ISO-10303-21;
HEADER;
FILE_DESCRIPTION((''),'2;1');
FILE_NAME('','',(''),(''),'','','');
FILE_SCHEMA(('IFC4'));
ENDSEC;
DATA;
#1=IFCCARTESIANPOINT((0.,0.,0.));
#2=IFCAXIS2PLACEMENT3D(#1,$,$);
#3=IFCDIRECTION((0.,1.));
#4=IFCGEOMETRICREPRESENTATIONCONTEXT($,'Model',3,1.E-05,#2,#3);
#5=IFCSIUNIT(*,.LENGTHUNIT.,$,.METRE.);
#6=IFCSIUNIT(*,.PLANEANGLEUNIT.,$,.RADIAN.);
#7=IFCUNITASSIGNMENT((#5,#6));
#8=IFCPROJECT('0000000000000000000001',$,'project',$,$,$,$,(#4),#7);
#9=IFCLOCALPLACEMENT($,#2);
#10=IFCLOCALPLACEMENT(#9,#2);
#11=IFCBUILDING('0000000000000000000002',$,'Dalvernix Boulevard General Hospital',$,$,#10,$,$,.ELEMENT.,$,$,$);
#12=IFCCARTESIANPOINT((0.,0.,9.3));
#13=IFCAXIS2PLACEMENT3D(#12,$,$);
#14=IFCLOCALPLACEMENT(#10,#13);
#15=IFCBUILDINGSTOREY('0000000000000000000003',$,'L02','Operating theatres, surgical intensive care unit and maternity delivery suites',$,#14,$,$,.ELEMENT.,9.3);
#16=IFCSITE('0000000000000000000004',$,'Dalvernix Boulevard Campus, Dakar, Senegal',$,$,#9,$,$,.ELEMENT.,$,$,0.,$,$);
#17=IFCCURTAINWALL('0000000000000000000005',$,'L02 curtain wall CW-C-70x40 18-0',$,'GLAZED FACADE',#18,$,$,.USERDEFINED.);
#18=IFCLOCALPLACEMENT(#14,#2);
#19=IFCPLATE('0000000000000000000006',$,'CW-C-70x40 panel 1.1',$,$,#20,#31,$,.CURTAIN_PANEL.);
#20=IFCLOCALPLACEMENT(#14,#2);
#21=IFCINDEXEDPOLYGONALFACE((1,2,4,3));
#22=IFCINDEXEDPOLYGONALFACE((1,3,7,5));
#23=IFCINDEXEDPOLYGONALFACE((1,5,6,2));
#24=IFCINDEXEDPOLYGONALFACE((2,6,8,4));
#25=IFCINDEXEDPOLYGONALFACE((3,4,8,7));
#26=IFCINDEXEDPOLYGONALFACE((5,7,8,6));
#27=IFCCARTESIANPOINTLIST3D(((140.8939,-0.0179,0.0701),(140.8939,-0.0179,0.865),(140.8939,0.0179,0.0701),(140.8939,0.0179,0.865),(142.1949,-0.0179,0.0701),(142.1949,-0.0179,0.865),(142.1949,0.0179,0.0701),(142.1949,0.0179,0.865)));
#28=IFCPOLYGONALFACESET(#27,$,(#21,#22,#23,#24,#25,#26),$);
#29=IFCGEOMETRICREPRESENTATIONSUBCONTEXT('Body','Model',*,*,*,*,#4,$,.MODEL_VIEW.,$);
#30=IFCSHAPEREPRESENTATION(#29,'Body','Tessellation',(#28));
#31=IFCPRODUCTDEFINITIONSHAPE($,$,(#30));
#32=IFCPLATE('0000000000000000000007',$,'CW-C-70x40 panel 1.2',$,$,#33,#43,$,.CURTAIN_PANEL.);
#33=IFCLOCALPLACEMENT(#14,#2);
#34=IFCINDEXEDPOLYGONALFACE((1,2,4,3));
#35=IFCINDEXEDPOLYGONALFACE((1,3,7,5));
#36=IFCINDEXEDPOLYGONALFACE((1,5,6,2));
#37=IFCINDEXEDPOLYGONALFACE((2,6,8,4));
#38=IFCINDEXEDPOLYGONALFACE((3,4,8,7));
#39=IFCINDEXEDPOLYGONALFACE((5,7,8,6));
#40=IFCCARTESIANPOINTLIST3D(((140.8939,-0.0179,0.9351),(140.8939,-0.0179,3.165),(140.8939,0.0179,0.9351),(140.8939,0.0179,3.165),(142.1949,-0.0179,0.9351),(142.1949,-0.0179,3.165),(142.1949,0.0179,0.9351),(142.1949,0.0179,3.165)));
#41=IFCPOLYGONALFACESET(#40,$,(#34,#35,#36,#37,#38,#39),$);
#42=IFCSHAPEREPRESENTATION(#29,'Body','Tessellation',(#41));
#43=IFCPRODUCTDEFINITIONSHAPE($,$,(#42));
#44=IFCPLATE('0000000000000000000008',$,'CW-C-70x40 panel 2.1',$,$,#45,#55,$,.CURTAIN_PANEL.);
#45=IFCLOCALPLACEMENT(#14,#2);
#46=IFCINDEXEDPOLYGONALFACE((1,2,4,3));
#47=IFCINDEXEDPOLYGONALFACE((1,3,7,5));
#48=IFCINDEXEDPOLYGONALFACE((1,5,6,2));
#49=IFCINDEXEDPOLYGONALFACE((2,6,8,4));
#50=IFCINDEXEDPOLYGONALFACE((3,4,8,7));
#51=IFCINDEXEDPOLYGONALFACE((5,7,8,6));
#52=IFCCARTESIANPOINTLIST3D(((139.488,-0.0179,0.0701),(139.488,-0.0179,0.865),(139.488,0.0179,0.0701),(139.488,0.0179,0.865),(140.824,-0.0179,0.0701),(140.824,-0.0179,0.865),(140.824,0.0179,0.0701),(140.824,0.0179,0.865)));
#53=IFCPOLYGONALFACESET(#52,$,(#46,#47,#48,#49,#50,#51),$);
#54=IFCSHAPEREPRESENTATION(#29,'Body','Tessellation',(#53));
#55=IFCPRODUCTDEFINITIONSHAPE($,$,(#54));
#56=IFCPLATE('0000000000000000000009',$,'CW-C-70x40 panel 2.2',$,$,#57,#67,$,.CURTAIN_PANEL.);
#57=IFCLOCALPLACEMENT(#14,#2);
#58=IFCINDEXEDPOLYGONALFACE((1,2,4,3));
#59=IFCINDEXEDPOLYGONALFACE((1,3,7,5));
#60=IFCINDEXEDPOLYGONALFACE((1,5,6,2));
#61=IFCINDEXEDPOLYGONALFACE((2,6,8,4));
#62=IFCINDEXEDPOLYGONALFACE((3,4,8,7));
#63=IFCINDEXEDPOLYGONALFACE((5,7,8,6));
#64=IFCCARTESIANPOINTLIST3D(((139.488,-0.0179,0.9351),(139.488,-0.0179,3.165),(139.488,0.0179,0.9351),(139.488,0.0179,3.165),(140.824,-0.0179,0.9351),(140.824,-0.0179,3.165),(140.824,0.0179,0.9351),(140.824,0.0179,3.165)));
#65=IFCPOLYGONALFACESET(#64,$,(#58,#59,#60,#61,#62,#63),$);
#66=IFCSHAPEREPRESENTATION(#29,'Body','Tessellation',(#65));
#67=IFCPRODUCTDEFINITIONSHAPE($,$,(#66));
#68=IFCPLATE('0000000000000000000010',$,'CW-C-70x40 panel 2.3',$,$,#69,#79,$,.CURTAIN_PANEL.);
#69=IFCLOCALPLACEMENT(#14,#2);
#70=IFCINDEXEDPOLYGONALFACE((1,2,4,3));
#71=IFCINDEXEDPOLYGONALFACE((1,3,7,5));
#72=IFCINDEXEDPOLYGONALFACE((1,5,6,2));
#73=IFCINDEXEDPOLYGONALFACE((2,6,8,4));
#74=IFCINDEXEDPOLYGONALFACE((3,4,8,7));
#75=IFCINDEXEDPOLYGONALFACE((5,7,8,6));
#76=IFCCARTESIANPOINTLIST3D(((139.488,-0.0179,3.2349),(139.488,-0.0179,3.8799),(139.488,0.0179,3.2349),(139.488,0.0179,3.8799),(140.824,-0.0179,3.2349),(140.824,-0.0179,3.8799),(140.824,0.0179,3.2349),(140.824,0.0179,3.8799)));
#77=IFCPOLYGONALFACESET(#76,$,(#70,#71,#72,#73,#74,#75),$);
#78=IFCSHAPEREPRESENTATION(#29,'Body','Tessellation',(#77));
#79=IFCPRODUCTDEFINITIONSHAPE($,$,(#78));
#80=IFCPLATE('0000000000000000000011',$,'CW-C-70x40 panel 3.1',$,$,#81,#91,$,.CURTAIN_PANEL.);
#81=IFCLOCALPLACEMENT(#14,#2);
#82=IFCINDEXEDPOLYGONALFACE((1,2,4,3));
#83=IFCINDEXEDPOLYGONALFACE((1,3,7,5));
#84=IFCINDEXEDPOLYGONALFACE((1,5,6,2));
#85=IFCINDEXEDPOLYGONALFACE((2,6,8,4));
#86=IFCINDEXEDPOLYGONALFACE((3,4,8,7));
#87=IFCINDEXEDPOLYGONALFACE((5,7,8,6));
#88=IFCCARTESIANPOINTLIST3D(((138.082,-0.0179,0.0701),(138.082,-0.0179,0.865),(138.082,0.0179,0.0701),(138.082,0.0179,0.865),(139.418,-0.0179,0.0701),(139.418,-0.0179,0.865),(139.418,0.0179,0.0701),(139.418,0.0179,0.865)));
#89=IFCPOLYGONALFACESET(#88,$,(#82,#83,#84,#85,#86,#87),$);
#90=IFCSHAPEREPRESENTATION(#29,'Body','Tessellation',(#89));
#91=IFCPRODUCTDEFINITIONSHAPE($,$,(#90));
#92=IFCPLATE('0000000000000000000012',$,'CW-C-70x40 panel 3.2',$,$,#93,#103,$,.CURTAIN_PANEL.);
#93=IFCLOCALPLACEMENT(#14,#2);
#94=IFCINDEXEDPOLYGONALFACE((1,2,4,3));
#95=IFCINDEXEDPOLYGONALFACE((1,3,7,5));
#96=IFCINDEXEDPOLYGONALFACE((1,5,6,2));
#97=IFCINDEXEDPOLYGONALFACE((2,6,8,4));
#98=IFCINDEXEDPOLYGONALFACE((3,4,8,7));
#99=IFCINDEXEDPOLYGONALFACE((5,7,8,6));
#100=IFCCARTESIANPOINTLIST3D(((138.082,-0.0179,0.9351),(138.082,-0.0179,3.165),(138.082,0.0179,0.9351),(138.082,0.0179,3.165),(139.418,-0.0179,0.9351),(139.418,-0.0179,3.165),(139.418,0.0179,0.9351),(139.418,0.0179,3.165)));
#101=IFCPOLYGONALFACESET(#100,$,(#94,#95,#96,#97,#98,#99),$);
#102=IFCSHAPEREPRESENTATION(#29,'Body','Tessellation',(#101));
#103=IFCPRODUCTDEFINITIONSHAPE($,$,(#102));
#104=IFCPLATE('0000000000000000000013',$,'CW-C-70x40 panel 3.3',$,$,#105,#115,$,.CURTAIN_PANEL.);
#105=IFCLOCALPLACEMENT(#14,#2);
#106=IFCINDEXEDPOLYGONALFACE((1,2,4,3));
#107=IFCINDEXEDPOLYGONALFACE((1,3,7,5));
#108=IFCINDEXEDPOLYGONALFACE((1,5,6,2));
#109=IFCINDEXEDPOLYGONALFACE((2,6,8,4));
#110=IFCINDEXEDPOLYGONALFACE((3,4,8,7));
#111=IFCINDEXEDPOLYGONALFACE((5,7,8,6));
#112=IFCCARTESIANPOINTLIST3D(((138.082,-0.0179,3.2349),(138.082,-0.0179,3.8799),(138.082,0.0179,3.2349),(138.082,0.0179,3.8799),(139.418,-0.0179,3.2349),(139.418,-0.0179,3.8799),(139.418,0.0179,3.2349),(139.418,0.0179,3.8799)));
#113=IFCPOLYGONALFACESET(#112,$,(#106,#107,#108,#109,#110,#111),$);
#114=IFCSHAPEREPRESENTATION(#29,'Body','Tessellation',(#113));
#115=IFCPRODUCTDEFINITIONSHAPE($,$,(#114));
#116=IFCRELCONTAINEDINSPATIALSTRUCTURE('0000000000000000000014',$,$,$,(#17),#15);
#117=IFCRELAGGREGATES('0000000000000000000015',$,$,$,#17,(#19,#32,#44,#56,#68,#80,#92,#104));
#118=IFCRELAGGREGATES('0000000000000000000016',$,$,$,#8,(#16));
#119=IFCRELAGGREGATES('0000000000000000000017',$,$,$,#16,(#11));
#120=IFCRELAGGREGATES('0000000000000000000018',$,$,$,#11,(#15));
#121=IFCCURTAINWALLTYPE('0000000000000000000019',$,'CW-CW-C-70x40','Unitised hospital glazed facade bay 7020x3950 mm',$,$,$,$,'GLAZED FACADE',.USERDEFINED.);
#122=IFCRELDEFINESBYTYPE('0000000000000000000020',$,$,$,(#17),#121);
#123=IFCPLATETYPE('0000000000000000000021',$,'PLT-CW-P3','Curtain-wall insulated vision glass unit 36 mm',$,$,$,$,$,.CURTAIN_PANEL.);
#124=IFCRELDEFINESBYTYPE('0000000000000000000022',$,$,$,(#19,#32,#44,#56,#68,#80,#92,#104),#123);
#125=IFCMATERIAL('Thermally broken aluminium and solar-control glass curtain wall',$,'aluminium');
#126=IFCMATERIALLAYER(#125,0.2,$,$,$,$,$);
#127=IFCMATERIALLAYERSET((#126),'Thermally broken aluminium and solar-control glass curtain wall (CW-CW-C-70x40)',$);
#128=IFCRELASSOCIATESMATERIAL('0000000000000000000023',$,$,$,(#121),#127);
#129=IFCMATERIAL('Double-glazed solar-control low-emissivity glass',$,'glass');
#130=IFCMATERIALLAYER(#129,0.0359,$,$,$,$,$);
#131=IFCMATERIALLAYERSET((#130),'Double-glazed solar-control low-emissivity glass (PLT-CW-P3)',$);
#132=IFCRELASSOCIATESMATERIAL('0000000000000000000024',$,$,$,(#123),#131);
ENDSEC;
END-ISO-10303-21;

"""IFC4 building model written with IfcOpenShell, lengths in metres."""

from ifc_helpers import new_model, si_unit, direction, frame, origin, origin_2d, place, context, subcontext, project, spatial, rectangle, extrude, material, layer, layer_set, type_object, element, aggregate, save


model = new_model("IFC4")

# Units and contexts
model_context = context("Model", 3, precision=1e-05, world=origin(), true_north=direction((0.0, 1.0)))
body_context = subcontext(model_context, "Body", "Model", "MODEL_VIEW")
ifc_project = project(units=[si_unit("LENGTHUNIT", "METRE"), si_unit("PLANEANGLEUNIT", "RADIAN")], contexts=[model_context])

# Site, building, storey
site_placement = place(None, origin())
site = spatial("IfcSite", under=ifc_project, at=site_placement, Name="Dalvernix Boulevard Campus, Dakar, Senegal", CompositionType="ELEMENT", RefElevation=0.0)
building_placement = place(site_placement, origin())
building = spatial("IfcBuilding", under=site, at=building_placement, Name="Dalvernix Boulevard General Hospital", CompositionType="ELEMENT")
storey_placement = place(building_placement, frame((0.0, 0.0, 9.3)))
storey = spatial("IfcBuildingStorey", under=building, at=storey_placement, Name="L02", Description="Operating theatres, surgical intensive care unit and maternity delivery suites", CompositionType="ELEMENT", Elevation=9.3)

# Curtain wall, plates
ifc_material_1 = material(Name="Thermally broken aluminium and solar-control glass curtain wall", Category="aluminium")
ifc_layer_1 = layer(ifc_material_1, 0.2)
ifc_layer_set_1 = layer_set([ifc_layer_1], Name="Thermally broken aluminium and solar-control glass curtain wall (CW-CW-C-70x40)")
curtain_wall_type = type_object("IfcCurtainWallType", Name="CW-CW-C-70x40", Description="Unitised hospital glazed facade bay 7020x3950 mm", ElementType="GLAZED FACADE", PredefinedType="USERDEFINED", material=ifc_layer_set_1)
curtain_wall_placement = place(storey_placement, origin())
curtain_wall = element("IfcCurtainWall", 1, at=curtain_wall_placement, inside=storey, type_object=curtain_wall_type, Name="L02 curtain wall CW-C-70x40 18-0", ObjectType="GLAZED FACADE", PredefinedType="USERDEFINED")
ifc_material_2 = material(Name="Double-glazed solar-control low-emissivity glass", Category="glass")
ifc_layer_2 = layer(ifc_material_2, 0.0359)
ifc_layer_set_2 = layer_set([ifc_layer_2], Name="Double-glazed solar-control low-emissivity glass (PLT-CW-P3)")
plate_type = type_object("IfcPlateType", Name="PLT-CW-P3", Description="Curtain-wall insulated vision glass unit 36 mm", PredefinedType="CURTAIN_PANEL", material=ifc_layer_set_2)
plate_1_placement = place(storey_placement, frame((141.5444, 0.0, 0.0701), z_axis=(0.0, 0.0, 1.0), x_axis=(-1.0, 0.0, 0.0)))
plate_1 = element("IfcPlate", 2, at=plate_1_placement, type_object=plate_type, Name="CW-C-70x40 panel 1.1", PredefinedType="CURTAIN_PANEL", context=body_context, shape_type="SweptSolid", body=[
    extrude(rectangle(XDim=1.301, YDim=0.0359, at=origin_2d()), origin(), (0.0, 0.0, 1.0), 0.7949),
])
plate_2_placement = place(storey_placement, frame((141.5444, 0.0, 0.9351), z_axis=(0.0, 0.0, 1.0), x_axis=(-1.0, 0.0, 0.0)))
plate_2 = element("IfcPlate", 3, at=plate_2_placement, type_object=plate_type, Name="CW-C-70x40 panel 1.2", PredefinedType="CURTAIN_PANEL", context=body_context, shape_type="SweptSolid", body=[
    extrude(rectangle(XDim=1.301, YDim=0.0359, at=origin_2d()), origin(), (0.0, 0.0, 1.0), 2.23),
])
plate_3_placement = place(storey_placement, frame((140.156, 0.0, 0.0701), z_axis=(0.0, 0.0, 1.0), x_axis=(-1.0, 0.0, 0.0)))
plate_3 = element("IfcPlate", 4, at=plate_3_placement, type_object=plate_type, Name="CW-C-70x40 panel 2.1", PredefinedType="CURTAIN_PANEL", context=body_context, shape_type="SweptSolid", body=[
    extrude(rectangle(XDim=1.3359, YDim=0.0359, at=origin_2d()), origin(), (0.0, 0.0, 1.0), 0.7949),
])
plate_4_placement = place(storey_placement, frame((140.156, 0.0, 0.9351), z_axis=(0.0, 0.0, 1.0), x_axis=(-1.0, 0.0, 0.0)))
plate_4 = element("IfcPlate", 5, at=plate_4_placement, type_object=plate_type, Name="CW-C-70x40 panel 2.2", PredefinedType="CURTAIN_PANEL", context=body_context, shape_type="SweptSolid", body=[
    extrude(rectangle(XDim=1.3359, YDim=0.0359, at=origin_2d()), origin(), (0.0, 0.0, 1.0), 2.23),
])
plate_5_placement = place(storey_placement, frame((140.156, 0.0, 3.2349), z_axis=(0.0, 0.0, 1.0), x_axis=(-1.0, 0.0, 0.0)))
plate_5 = element("IfcPlate", 6, at=plate_5_placement, type_object=plate_type, Name="CW-C-70x40 panel 2.3", PredefinedType="CURTAIN_PANEL", context=body_context, shape_type="SweptSolid", body=[
    extrude(rectangle(XDim=1.3359, YDim=0.0359, at=origin_2d()), origin(), (0.0, 0.0, 1.0), 0.645),
])
plate_6_placement = place(storey_placement, frame((138.75, 0.0, 0.0701), z_axis=(0.0, 0.0, 1.0), x_axis=(-1.0, 0.0, 0.0)))
plate_6 = element("IfcPlate", 7, at=plate_6_placement, type_object=plate_type, Name="CW-C-70x40 panel 3.1", PredefinedType="CURTAIN_PANEL", context=body_context, shape_type="SweptSolid", body=[
    extrude(rectangle(XDim=1.3359, YDim=0.0359, at=origin_2d()), origin(), (0.0, 0.0, 1.0), 0.7949),
])
plate_7_placement = place(storey_placement, frame((138.75, 0.0, 0.9351), z_axis=(0.0, 0.0, 1.0), x_axis=(-1.0, 0.0, 0.0)))
plate_7 = element("IfcPlate", 8, at=plate_7_placement, type_object=plate_type, Name="CW-C-70x40 panel 3.2", PredefinedType="CURTAIN_PANEL", context=body_context, shape_type="SweptSolid", body=[
    extrude(rectangle(XDim=1.3359, YDim=0.0359, at=origin_2d()), origin(), (0.0, 0.0, 1.0), 2.23),
])
plate_8_placement = place(storey_placement, frame((138.75, 0.0, 3.2349), z_axis=(0.0, 0.0, 1.0), x_axis=(-1.0, 0.0, 0.0)))
plate_8 = element("IfcPlate", 9, at=plate_8_placement, type_object=plate_type, Name="CW-C-70x40 panel 3.3", PredefinedType="CURTAIN_PANEL", context=body_context, shape_type="SweptSolid", body=[
    extrude(rectangle(XDim=1.3359, YDim=0.0359, at=origin_2d()), origin(), (0.0, 0.0, 1.0), 0.645),
])
aggregate(curtain_wall, [plate_1, plate_2, plate_3, plate_4, plate_5, plate_6, plate_7, plate_8])

save(model, "model.ifc")
